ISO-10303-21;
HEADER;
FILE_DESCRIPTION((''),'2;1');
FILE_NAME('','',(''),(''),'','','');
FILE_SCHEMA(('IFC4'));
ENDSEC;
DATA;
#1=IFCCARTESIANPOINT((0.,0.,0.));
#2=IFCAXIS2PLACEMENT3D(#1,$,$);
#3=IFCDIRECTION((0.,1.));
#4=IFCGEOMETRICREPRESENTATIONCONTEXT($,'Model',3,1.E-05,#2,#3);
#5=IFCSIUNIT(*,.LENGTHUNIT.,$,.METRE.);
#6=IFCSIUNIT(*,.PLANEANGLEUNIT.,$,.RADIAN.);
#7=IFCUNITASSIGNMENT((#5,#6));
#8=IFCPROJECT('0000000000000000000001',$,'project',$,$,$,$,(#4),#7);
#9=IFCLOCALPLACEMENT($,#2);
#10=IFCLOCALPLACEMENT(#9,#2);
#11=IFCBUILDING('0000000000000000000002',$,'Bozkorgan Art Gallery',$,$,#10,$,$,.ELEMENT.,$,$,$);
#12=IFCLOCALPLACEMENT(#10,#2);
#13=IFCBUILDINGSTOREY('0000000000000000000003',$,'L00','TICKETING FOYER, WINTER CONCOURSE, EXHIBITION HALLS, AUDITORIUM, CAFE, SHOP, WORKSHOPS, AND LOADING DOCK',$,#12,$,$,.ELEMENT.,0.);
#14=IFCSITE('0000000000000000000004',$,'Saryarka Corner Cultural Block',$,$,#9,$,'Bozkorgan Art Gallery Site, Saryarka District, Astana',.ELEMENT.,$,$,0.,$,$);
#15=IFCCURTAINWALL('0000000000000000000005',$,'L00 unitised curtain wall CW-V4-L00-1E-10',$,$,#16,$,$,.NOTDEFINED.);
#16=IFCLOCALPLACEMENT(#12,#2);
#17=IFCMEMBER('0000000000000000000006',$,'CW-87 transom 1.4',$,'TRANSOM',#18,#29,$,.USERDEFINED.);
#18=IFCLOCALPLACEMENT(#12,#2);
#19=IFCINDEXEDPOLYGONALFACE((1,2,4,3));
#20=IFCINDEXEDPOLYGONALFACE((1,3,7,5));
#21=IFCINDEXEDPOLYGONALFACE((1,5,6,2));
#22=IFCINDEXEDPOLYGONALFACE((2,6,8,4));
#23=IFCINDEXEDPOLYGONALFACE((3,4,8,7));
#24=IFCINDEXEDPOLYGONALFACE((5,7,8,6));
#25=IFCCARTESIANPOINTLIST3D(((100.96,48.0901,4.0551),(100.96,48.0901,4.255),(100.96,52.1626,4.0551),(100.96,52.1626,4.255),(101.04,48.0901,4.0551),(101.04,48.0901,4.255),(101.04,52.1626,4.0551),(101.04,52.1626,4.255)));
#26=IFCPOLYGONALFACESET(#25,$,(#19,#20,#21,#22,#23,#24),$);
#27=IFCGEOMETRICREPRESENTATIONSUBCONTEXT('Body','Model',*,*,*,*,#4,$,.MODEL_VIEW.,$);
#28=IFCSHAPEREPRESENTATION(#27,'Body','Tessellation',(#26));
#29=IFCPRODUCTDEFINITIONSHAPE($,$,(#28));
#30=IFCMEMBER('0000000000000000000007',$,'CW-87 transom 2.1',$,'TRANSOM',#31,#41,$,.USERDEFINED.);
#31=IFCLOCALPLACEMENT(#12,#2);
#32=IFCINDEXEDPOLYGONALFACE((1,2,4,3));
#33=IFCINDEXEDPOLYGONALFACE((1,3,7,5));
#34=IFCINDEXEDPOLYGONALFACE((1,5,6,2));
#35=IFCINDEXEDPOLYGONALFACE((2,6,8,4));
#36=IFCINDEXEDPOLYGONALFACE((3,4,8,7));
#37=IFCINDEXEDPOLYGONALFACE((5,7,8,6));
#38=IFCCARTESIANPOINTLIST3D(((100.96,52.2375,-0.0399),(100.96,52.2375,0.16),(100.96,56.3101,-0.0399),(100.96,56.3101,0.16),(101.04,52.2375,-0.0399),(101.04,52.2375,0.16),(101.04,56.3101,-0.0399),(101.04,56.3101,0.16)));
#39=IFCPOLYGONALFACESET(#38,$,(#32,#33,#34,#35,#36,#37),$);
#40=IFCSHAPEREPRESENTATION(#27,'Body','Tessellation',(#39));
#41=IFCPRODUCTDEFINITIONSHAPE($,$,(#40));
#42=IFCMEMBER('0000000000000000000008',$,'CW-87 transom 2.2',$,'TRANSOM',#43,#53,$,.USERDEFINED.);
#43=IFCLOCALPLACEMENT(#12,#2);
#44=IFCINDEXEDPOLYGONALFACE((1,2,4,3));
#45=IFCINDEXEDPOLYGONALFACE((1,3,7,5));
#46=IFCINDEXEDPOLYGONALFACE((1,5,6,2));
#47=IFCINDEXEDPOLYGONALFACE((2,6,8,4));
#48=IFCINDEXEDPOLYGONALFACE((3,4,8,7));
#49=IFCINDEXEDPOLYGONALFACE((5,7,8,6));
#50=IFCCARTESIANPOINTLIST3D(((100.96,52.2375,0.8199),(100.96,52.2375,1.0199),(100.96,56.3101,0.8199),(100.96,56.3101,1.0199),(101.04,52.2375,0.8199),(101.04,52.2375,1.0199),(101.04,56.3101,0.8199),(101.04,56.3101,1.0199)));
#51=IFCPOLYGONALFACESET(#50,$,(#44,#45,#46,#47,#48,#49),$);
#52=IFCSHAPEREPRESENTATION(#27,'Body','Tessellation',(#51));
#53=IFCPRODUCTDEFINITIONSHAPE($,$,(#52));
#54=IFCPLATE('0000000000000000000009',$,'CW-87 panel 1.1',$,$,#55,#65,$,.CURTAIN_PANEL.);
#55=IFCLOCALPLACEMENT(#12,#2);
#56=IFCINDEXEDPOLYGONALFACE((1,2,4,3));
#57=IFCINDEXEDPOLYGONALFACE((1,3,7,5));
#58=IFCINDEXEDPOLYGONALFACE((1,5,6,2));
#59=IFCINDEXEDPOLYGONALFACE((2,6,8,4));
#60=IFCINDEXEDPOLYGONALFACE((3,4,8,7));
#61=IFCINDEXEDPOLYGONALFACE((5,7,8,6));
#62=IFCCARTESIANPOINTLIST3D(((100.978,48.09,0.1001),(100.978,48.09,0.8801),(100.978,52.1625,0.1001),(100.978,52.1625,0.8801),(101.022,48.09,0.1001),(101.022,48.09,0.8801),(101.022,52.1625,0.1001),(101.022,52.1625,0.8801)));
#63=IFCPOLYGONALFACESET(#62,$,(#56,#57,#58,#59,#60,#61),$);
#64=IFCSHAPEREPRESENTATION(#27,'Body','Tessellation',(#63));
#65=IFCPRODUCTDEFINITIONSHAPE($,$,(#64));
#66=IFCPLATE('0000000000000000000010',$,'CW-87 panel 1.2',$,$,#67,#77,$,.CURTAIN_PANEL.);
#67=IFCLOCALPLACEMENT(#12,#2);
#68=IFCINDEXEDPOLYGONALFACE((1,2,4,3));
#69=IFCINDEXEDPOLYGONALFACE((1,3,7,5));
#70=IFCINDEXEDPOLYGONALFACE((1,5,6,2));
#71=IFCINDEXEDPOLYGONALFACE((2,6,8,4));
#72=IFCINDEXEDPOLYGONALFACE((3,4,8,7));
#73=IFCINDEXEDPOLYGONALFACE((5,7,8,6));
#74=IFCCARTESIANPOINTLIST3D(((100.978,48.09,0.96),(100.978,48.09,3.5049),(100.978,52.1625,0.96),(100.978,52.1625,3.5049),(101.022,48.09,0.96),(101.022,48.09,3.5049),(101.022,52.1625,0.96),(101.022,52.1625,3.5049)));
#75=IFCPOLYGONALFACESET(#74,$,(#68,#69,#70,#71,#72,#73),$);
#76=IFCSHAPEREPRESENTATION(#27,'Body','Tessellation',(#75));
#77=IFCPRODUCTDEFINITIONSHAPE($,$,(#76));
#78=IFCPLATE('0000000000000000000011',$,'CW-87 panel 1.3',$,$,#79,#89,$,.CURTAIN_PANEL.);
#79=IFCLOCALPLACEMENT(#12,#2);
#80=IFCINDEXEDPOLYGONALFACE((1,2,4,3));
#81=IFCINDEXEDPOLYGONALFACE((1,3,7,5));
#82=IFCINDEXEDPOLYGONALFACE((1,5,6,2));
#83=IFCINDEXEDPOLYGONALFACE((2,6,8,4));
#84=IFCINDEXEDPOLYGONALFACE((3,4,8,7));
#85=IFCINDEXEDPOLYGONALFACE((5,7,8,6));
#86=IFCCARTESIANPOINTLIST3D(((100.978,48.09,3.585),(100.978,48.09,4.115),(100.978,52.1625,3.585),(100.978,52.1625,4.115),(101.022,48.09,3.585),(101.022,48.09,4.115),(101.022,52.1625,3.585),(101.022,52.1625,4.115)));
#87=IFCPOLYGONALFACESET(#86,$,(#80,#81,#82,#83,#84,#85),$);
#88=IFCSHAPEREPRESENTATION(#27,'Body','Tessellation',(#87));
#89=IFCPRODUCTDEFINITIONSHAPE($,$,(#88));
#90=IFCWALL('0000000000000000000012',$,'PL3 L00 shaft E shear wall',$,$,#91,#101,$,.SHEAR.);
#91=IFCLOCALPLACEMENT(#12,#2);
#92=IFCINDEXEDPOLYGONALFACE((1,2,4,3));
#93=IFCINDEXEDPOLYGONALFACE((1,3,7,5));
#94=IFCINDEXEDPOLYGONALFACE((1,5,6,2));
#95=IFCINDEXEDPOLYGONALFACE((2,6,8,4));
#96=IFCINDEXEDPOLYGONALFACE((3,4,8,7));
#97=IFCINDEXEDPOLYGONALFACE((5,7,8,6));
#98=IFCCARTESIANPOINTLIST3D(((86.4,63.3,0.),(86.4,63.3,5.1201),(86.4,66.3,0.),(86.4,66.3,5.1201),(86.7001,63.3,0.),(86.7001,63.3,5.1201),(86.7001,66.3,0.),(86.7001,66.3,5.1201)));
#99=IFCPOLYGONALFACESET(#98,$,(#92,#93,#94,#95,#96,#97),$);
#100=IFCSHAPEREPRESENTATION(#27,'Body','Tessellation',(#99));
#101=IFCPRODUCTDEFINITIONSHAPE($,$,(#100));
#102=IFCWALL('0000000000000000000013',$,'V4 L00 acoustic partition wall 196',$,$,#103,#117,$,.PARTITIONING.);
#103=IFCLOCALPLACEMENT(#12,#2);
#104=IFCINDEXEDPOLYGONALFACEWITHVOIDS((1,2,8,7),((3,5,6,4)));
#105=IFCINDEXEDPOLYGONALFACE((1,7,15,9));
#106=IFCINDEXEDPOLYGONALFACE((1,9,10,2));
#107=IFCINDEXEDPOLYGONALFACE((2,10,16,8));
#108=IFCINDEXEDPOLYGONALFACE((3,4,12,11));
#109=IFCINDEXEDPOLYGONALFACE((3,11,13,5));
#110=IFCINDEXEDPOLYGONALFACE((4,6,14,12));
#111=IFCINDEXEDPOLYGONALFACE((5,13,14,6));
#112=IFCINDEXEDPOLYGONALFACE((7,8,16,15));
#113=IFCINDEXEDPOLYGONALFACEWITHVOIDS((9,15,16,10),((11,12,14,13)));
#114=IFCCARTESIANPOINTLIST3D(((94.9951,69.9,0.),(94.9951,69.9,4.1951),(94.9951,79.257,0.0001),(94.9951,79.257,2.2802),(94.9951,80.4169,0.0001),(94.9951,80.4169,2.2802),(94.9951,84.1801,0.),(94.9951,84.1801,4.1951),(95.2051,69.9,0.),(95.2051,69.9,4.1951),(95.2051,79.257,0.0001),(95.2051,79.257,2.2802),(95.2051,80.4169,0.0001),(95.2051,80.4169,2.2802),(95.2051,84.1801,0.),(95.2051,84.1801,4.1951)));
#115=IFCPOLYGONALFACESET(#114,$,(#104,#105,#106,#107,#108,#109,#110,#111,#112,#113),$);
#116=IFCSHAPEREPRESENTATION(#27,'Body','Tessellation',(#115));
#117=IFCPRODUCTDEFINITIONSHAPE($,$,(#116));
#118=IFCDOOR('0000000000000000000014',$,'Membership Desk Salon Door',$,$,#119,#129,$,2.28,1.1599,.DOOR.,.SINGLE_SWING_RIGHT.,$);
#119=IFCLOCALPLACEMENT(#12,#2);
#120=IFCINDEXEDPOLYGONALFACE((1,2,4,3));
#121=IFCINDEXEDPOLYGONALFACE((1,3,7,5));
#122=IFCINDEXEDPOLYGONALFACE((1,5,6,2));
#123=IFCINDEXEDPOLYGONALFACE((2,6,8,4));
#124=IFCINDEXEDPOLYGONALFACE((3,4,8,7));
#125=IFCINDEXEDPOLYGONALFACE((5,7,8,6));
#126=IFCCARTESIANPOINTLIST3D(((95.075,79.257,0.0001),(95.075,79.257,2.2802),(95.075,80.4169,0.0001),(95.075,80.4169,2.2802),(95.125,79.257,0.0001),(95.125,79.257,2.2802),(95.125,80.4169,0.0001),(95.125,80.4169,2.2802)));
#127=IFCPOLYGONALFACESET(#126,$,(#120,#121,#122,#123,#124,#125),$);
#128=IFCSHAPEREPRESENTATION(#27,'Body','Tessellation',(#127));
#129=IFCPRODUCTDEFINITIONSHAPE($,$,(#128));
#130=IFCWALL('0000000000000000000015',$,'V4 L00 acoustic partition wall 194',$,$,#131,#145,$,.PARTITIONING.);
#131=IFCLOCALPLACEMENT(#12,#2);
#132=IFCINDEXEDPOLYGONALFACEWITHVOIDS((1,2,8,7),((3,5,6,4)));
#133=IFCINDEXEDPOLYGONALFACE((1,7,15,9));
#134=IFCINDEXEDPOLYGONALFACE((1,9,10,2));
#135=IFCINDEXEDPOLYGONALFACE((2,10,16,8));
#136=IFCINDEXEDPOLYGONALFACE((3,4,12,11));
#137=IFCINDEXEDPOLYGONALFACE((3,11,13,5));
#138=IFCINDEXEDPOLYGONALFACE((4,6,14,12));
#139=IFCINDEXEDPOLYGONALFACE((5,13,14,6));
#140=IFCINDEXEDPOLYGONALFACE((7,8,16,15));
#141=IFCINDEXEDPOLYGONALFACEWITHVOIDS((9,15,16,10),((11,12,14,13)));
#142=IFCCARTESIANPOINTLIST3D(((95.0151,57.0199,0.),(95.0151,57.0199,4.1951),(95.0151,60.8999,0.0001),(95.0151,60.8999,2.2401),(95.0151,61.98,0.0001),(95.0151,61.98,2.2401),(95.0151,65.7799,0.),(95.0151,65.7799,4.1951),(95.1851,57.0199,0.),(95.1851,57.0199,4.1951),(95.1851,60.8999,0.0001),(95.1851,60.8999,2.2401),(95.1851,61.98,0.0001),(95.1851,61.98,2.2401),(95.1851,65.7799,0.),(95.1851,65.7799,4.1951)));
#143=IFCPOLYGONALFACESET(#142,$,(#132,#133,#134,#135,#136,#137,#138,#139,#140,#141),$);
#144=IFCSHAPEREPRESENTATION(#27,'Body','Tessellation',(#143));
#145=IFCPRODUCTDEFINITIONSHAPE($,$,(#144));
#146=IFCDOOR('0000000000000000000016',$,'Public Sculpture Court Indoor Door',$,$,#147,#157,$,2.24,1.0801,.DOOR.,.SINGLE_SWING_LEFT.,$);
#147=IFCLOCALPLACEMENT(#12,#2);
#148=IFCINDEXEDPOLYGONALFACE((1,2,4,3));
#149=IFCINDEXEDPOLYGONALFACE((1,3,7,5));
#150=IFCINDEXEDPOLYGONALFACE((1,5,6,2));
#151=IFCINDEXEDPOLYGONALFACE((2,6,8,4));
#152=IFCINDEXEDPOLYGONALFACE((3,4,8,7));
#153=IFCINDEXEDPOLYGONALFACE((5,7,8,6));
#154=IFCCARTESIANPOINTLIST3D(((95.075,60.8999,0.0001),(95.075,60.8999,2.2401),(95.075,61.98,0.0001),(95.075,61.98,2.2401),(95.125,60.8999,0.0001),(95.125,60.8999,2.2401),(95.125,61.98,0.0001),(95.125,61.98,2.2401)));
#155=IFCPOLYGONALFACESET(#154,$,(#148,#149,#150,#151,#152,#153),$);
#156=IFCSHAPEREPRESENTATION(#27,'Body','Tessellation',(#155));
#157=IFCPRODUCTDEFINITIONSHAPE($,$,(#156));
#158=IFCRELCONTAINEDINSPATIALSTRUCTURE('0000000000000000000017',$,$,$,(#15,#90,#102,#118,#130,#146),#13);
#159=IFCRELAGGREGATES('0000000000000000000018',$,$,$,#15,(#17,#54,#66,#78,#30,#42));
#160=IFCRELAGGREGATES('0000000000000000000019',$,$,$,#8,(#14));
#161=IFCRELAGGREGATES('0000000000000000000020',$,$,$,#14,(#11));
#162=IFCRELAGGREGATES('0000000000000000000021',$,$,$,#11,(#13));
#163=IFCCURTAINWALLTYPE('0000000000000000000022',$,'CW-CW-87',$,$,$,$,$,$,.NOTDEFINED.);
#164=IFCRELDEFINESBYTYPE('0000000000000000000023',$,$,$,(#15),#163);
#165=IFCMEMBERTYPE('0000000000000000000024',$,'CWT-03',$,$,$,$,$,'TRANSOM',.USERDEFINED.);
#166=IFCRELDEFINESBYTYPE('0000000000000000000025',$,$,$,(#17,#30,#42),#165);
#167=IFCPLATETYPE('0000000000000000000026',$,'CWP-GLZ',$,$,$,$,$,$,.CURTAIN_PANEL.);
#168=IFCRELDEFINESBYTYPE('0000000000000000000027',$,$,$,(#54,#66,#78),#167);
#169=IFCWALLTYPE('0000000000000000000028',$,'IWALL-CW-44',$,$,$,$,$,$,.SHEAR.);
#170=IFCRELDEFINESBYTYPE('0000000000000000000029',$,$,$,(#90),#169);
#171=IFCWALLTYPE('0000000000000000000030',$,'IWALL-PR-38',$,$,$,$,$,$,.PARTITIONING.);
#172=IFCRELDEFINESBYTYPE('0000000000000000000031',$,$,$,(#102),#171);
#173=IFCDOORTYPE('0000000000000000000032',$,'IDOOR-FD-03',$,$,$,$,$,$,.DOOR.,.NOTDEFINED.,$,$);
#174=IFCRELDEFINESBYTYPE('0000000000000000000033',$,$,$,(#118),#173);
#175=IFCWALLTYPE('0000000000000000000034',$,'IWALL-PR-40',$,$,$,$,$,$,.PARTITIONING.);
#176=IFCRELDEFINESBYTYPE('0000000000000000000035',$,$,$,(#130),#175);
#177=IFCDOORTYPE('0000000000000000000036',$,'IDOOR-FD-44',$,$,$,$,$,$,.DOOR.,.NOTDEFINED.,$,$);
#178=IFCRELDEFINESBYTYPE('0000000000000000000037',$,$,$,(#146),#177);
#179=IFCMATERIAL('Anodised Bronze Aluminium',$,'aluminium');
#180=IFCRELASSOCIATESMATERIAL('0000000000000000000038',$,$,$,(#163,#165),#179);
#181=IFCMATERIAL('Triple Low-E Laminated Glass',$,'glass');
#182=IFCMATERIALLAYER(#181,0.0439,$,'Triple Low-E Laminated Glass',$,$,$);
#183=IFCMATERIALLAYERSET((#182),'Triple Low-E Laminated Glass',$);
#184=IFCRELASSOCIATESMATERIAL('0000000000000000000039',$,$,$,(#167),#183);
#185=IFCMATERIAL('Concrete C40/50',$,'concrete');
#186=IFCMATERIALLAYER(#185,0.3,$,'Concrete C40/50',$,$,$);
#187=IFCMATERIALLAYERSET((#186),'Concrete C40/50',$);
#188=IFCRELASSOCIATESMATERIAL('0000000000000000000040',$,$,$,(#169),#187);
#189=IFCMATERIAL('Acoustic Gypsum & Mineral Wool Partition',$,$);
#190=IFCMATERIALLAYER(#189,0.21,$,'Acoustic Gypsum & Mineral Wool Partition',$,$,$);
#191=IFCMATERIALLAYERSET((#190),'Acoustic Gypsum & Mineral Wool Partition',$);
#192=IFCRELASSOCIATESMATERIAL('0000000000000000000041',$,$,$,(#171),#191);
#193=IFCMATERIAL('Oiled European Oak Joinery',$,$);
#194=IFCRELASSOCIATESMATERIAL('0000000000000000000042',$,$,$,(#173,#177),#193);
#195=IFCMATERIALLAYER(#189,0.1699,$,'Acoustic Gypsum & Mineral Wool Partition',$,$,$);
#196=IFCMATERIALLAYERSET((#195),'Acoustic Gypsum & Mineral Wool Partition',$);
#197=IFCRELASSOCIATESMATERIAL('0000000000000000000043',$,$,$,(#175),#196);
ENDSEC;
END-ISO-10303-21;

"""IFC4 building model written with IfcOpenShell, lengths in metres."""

from ifc_helpers import new_model, si_unit, direction, frame, frame_2d, origin, origin_2d, place, context, subcontext, project, spatial, rectangle, extrude, material, layer, layer_set, material_profile, profile_set, type_object, element, fill, aggregate, save


model = new_model("IFC4")

# Units and contexts
model_context = context("Model", 3, precision=1e-05, world=origin(), true_north=direction((0.0, 1.0)))
body_context = subcontext(model_context, "Body", "Model", "MODEL_VIEW")
ifc_project = project(units=[si_unit("LENGTHUNIT", "METRE"), si_unit("PLANEANGLEUNIT", "RADIAN")], contexts=[model_context])

# Site, building, storey
site_placement = place(None, origin())
site = spatial("IfcSite", under=ifc_project, at=site_placement, Name="Saryarka Corner Cultural Block", LongName="Bozkorgan Art Gallery Site, Saryarka District, Astana", CompositionType="ELEMENT", RefElevation=0.0)
building_placement = place(site_placement, origin())
building = spatial("IfcBuilding", under=site, at=building_placement, Name="Bozkorgan Art Gallery", CompositionType="ELEMENT")
storey_placement = place(building_placement, origin())
storey = spatial("IfcBuildingStorey", under=building, at=storey_placement, Name="L00", Description="TICKETING FOYER, WINTER CONCOURSE, EXHIBITION HALLS, AUDITORIUM, CAFE, SHOP, WORKSHOPS, AND LOADING DOCK", CompositionType="ELEMENT", Elevation=0.0)

# Shared definitions
ifc_material_1 = material(Name="Concrete C40/50", Category="concrete")

# Curtain wall, members, plates
ifc_material_2 = material(Name="Anodised Bronze Aluminium", Category="aluminium")
curtain_wall_type = type_object("IfcCurtainWallType", Name="CW-CW-87", PredefinedType="NOTDEFINED", material=ifc_material_2)
curtain_wall_placement = place(storey_placement, origin())
curtain_wall = element("IfcCurtainWall", 1, at=curtain_wall_placement, inside=storey, type_object=curtain_wall_type, Name="L00 unitised curtain wall CW-V4-L00-1E-10", PredefinedType="NOTDEFINED")
ifc_material_profile_1 = material_profile(ifc_material_2, rectangle(XDim=0.0801, YDim=0.2, at=origin_2d()), Name="ALU TRANSOM 80x200")
ifc_profile_set_1 = profile_set([ifc_material_profile_1], Name="Anodised Bronze Aluminium")
member_type_1 = type_object("IfcMemberType", Name="CWT-03", ElementType="TRANSOM", PredefinedType="USERDEFINED", material=ifc_profile_set_1)
member_1_placement = place(storey_placement, frame((101.0, 48.0901, 4.155), z_axis=(0.0, 1.0, 0.0), x_axis=(-1.0, 0.0, 0.0)))
member_1 = element("IfcMember", 2, at=member_1_placement, type_object=member_type_1, Name="CW-87 transom 1.4", ObjectType="TRANSOM", PredefinedType="USERDEFINED", context=body_context, shape_type="SweptSolid", body=[
    extrude(rectangle(XDim=0.0801, YDim=0.2, at=origin_2d()), origin(), (0.0, 0.0, 1.0), 4.0725),
])
member_2_placement = place(storey_placement, frame((101.0, 52.2375, 0.0601), z_axis=(0.0, 1.0, 0.0), x_axis=(-1.0, 0.0, 0.0)))
member_2 = element("IfcMember", 3, at=member_2_placement, type_object=member_type_1, Name="CW-87 transom 2.1", ObjectType="TRANSOM", PredefinedType="USERDEFINED", context=body_context, shape_type="SweptSolid", body=[
    extrude(rectangle(XDim=0.0801, YDim=0.2, at=origin_2d()), origin(), (0.0, 0.0, 1.0), 4.0725),
])
member_3_placement = place(storey_placement, frame((101.0, 52.2375, 0.9199), z_axis=(0.0, 1.0, 0.0), x_axis=(-1.0, 0.0, 0.0)))
member_3 = element("IfcMember", 4, at=member_3_placement, type_object=member_type_1, Name="CW-87 transom 2.2", ObjectType="TRANSOM", PredefinedType="USERDEFINED", context=body_context, shape_type="SweptSolid", body=[
    extrude(rectangle(XDim=0.0801, YDim=0.2, at=origin_2d()), origin(), (0.0, 0.0, 1.0), 4.0725),
])
ifc_material_3 = material(Name="Triple Low-E Laminated Glass", Category="glass")
ifc_layer_1 = layer(ifc_material_3, 0.0439, Name="Triple Low-E Laminated Glass")
ifc_layer_set_1 = layer_set([ifc_layer_1], Name="Triple Low-E Laminated Glass")
plate_type = type_object("IfcPlateType", Name="CWP-GLZ", PredefinedType="CURTAIN_PANEL", material=ifc_layer_set_1)
plate_1_placement = place(storey_placement, frame((101.0, 50.1262, 0.1001), z_axis=(0.0, 0.0, 1.0), x_axis=(0.0, 1.0, 0.0)))
plate_1 = element("IfcPlate", 5, at=plate_1_placement, type_object=plate_type, Name="CW-87 panel 1.1", PredefinedType="CURTAIN_PANEL", context=body_context, shape_type="SweptSolid", body=[
    extrude(rectangle(XDim=4.0725, YDim=0.0439, at=origin_2d()), origin(), (0.0, 0.0, 1.0), 0.78),
])
plate_2_placement = place(storey_placement, frame((101.0, 50.1262, 0.96), z_axis=(0.0, 0.0, 1.0), x_axis=(0.0, 1.0, 0.0)))
plate_2 = element("IfcPlate", 6, at=plate_2_placement, type_object=plate_type, Name="CW-87 panel 1.2", PredefinedType="CURTAIN_PANEL", context=body_context, shape_type="SweptSolid", body=[
    extrude(rectangle(XDim=4.0725, YDim=0.0439, at=origin_2d()), origin(), (0.0, 0.0, 1.0), 2.5449),
])
plate_3_placement = place(storey_placement, frame((101.0, 50.1262, 3.585), z_axis=(0.0, 0.0, 1.0), x_axis=(0.0, 1.0, 0.0)))
plate_3 = element("IfcPlate", 7, at=plate_3_placement, type_object=plate_type, Name="CW-87 panel 1.3", PredefinedType="CURTAIN_PANEL", context=body_context, shape_type="SweptSolid", body=[
    extrude(rectangle(XDim=4.0725, YDim=0.0439, at=origin_2d()), origin(), (0.0, 0.0, 1.0), 0.53),
])
aggregate(curtain_wall, [member_1, plate_1, plate_2, plate_3, member_2, member_3])

# Wall
ifc_layer_2 = layer(ifc_material_1, 0.3, Name="Concrete C40/50")
ifc_layer_set_2 = layer_set([ifc_layer_2], Name="Concrete C40/50")
wall_type_1 = type_object("IfcWallType", Name="IWALL-CW-44", PredefinedType="SHEAR", material=ifc_layer_set_2)
wall_1_placement = place(storey_placement, frame((86.55, 63.3, 0.0), z_axis=(0.0, 0.0, 1.0), x_axis=(0.0, 1.0, 0.0)))
element("IfcWall", 8, at=wall_1_placement, inside=storey, type_object=wall_type_1, Name="PL3 L00 shaft E shear wall", PredefinedType="SHEAR", context=body_context, shape_type="SweptSolid", body=[
    extrude(rectangle(XDim=3.0, YDim=0.3, at=frame_2d((1.5, 0.0))), origin(), (0.0, 0.0, 1.0), 5.1201),
])

# Walls, openings, doors
ifc_material_4 = material(Name="Acoustic Gypsum & Mineral Wool Partition")
ifc_layer_3 = layer(ifc_material_4, 0.21, Name="Acoustic Gypsum & Mineral Wool Partition")
ifc_layer_set_3 = layer_set([ifc_layer_3], Name="Acoustic Gypsum & Mineral Wool Partition")
wall_type_2 = type_object("IfcWallType", Name="IWALL-PR-38", PredefinedType="PARTITIONING", material=ifc_layer_set_3)
wall_2_placement = place(storey_placement, frame((95.1001, 69.8999, 0.0), z_axis=(0.0, 0.0, 1.0), x_axis=(0.0, 1.0, 0.0)))
wall_2 = element("IfcWall", 9, at=wall_2_placement, inside=storey, type_object=wall_type_2, Name="V4 L00 acoustic partition wall 196", PredefinedType="PARTITIONING", context=body_context, shape_type="SweptSolid", body=[
    extrude(rectangle(XDim=14.28, YDim=0.21, at=frame_2d((7.1401, 0.0))), origin(), (0.0, 0.0, 1.0), 4.1951),
])
opening_1_placement = place(wall_2_placement, frame((10.5171, 0.0, 0.0), z_axis=(0.0, 0.0, 1.0), x_axis=(-1.0, 0.0, 0.0)))
opening_1 = element("IfcOpeningElement", 10, at=opening_1_placement, cuts=wall_2, PredefinedType="OPENING", context=body_context, shape_type="SweptSolid", body=[
    extrude(rectangle(XDim=1.1599, YDim=2.28, at=frame_2d((0.5801, 1.1401))), frame((0.0, 0.115, 0.0), z_axis=(0.0, -1.0, 0.0), x_axis=(1.0, 0.0, 0.0)), (0.0, 0.0, 1.0), 0.23),
])
ifc_material_5 = material(Name="Oiled European Oak Joinery")
door_type_1 = type_object("IfcDoorType", Name="IDOOR-FD-03", OperationType="NOTDEFINED", PredefinedType="DOOR", material=ifc_material_5)
door_1_placement = place(opening_1_placement, origin())
door_1 = element("IfcDoor", 11, at=door_1_placement, inside=storey, type_object=door_type_1, Name="Membership Desk Salon Door", OperationType="SINGLE_SWING_RIGHT", OverallHeight=2.28, OverallWidth=1.1599, PredefinedType="DOOR", context=body_context, shape_type="SweptSolid", body=[
    extrude(rectangle(XDim=1.1599, YDim=2.28, at=frame_2d((0.5801, 1.1401))), frame((0.0, 0.0249, 0.0), z_axis=(0.0, -1.0, 0.0), x_axis=(1.0, 0.0, 0.0)), (0.0, 0.0, 1.0), 0.05),
])
fill(opening_1, door_1)
ifc_layer_4 = layer(ifc_material_4, 0.1699, Name="Acoustic Gypsum & Mineral Wool Partition")
ifc_layer_set_4 = layer_set([ifc_layer_4], Name="Acoustic Gypsum & Mineral Wool Partition")
wall_type_3 = type_object("IfcWallType", Name="IWALL-PR-40", PredefinedType="PARTITIONING", material=ifc_layer_set_4)
wall_3_placement = place(storey_placement, frame((95.1001, 57.02, 0.0), z_axis=(0.0, 0.0, 1.0), x_axis=(0.0, 1.0, 0.0)))
wall_3 = element("IfcWall", 12, at=wall_3_placement, inside=storey, type_object=wall_type_3, Name="V4 L00 acoustic partition wall 194", PredefinedType="PARTITIONING", context=body_context, shape_type="SweptSolid", body=[
    extrude(rectangle(XDim=8.76, YDim=0.1699, at=frame_2d((4.3799, 0.0))), origin(), (0.0, 0.0, 1.0), 4.1951),
])
opening_2_placement = place(wall_3_placement, frame((4.96, 0.0, 0.0), z_axis=(0.0, 0.0, 1.0), x_axis=(-1.0, 0.0, 0.0)))
opening_2 = element("IfcOpeningElement", 13, at=opening_2_placement, cuts=wall_3, PredefinedType="OPENING", context=body_context, shape_type="SweptSolid", body=[
    extrude(rectangle(XDim=1.0801, YDim=2.24, at=frame_2d((0.54, 1.1201))), frame((0.0, 0.095, 0.0), z_axis=(0.0, -1.0, 0.0), x_axis=(1.0, 0.0, 0.0)), (0.0, 0.0, 1.0), 0.1899),
])
door_type_2 = type_object("IfcDoorType", Name="IDOOR-FD-44", OperationType="NOTDEFINED", PredefinedType="DOOR", material=ifc_material_5)
door_2_placement = place(opening_2_placement, origin())
door_2 = element("IfcDoor", 14, at=door_2_placement, inside=storey, type_object=door_type_2, Name="Public Sculpture Court Indoor Door", OperationType="SINGLE_SWING_LEFT", OverallHeight=2.24, OverallWidth=1.0801, PredefinedType="DOOR", context=body_context, shape_type="SweptSolid", body=[
    extrude(rectangle(XDim=1.0801, YDim=2.24, at=frame_2d((0.54, 1.1201))), frame((0.0, 0.0249, 0.0), z_axis=(0.0, -1.0, 0.0), x_axis=(1.0, 0.0, 0.0)), (0.0, 0.0, 1.0), 0.05),
])
fill(opening_2, door_2)

save(model, "model.ifc")
